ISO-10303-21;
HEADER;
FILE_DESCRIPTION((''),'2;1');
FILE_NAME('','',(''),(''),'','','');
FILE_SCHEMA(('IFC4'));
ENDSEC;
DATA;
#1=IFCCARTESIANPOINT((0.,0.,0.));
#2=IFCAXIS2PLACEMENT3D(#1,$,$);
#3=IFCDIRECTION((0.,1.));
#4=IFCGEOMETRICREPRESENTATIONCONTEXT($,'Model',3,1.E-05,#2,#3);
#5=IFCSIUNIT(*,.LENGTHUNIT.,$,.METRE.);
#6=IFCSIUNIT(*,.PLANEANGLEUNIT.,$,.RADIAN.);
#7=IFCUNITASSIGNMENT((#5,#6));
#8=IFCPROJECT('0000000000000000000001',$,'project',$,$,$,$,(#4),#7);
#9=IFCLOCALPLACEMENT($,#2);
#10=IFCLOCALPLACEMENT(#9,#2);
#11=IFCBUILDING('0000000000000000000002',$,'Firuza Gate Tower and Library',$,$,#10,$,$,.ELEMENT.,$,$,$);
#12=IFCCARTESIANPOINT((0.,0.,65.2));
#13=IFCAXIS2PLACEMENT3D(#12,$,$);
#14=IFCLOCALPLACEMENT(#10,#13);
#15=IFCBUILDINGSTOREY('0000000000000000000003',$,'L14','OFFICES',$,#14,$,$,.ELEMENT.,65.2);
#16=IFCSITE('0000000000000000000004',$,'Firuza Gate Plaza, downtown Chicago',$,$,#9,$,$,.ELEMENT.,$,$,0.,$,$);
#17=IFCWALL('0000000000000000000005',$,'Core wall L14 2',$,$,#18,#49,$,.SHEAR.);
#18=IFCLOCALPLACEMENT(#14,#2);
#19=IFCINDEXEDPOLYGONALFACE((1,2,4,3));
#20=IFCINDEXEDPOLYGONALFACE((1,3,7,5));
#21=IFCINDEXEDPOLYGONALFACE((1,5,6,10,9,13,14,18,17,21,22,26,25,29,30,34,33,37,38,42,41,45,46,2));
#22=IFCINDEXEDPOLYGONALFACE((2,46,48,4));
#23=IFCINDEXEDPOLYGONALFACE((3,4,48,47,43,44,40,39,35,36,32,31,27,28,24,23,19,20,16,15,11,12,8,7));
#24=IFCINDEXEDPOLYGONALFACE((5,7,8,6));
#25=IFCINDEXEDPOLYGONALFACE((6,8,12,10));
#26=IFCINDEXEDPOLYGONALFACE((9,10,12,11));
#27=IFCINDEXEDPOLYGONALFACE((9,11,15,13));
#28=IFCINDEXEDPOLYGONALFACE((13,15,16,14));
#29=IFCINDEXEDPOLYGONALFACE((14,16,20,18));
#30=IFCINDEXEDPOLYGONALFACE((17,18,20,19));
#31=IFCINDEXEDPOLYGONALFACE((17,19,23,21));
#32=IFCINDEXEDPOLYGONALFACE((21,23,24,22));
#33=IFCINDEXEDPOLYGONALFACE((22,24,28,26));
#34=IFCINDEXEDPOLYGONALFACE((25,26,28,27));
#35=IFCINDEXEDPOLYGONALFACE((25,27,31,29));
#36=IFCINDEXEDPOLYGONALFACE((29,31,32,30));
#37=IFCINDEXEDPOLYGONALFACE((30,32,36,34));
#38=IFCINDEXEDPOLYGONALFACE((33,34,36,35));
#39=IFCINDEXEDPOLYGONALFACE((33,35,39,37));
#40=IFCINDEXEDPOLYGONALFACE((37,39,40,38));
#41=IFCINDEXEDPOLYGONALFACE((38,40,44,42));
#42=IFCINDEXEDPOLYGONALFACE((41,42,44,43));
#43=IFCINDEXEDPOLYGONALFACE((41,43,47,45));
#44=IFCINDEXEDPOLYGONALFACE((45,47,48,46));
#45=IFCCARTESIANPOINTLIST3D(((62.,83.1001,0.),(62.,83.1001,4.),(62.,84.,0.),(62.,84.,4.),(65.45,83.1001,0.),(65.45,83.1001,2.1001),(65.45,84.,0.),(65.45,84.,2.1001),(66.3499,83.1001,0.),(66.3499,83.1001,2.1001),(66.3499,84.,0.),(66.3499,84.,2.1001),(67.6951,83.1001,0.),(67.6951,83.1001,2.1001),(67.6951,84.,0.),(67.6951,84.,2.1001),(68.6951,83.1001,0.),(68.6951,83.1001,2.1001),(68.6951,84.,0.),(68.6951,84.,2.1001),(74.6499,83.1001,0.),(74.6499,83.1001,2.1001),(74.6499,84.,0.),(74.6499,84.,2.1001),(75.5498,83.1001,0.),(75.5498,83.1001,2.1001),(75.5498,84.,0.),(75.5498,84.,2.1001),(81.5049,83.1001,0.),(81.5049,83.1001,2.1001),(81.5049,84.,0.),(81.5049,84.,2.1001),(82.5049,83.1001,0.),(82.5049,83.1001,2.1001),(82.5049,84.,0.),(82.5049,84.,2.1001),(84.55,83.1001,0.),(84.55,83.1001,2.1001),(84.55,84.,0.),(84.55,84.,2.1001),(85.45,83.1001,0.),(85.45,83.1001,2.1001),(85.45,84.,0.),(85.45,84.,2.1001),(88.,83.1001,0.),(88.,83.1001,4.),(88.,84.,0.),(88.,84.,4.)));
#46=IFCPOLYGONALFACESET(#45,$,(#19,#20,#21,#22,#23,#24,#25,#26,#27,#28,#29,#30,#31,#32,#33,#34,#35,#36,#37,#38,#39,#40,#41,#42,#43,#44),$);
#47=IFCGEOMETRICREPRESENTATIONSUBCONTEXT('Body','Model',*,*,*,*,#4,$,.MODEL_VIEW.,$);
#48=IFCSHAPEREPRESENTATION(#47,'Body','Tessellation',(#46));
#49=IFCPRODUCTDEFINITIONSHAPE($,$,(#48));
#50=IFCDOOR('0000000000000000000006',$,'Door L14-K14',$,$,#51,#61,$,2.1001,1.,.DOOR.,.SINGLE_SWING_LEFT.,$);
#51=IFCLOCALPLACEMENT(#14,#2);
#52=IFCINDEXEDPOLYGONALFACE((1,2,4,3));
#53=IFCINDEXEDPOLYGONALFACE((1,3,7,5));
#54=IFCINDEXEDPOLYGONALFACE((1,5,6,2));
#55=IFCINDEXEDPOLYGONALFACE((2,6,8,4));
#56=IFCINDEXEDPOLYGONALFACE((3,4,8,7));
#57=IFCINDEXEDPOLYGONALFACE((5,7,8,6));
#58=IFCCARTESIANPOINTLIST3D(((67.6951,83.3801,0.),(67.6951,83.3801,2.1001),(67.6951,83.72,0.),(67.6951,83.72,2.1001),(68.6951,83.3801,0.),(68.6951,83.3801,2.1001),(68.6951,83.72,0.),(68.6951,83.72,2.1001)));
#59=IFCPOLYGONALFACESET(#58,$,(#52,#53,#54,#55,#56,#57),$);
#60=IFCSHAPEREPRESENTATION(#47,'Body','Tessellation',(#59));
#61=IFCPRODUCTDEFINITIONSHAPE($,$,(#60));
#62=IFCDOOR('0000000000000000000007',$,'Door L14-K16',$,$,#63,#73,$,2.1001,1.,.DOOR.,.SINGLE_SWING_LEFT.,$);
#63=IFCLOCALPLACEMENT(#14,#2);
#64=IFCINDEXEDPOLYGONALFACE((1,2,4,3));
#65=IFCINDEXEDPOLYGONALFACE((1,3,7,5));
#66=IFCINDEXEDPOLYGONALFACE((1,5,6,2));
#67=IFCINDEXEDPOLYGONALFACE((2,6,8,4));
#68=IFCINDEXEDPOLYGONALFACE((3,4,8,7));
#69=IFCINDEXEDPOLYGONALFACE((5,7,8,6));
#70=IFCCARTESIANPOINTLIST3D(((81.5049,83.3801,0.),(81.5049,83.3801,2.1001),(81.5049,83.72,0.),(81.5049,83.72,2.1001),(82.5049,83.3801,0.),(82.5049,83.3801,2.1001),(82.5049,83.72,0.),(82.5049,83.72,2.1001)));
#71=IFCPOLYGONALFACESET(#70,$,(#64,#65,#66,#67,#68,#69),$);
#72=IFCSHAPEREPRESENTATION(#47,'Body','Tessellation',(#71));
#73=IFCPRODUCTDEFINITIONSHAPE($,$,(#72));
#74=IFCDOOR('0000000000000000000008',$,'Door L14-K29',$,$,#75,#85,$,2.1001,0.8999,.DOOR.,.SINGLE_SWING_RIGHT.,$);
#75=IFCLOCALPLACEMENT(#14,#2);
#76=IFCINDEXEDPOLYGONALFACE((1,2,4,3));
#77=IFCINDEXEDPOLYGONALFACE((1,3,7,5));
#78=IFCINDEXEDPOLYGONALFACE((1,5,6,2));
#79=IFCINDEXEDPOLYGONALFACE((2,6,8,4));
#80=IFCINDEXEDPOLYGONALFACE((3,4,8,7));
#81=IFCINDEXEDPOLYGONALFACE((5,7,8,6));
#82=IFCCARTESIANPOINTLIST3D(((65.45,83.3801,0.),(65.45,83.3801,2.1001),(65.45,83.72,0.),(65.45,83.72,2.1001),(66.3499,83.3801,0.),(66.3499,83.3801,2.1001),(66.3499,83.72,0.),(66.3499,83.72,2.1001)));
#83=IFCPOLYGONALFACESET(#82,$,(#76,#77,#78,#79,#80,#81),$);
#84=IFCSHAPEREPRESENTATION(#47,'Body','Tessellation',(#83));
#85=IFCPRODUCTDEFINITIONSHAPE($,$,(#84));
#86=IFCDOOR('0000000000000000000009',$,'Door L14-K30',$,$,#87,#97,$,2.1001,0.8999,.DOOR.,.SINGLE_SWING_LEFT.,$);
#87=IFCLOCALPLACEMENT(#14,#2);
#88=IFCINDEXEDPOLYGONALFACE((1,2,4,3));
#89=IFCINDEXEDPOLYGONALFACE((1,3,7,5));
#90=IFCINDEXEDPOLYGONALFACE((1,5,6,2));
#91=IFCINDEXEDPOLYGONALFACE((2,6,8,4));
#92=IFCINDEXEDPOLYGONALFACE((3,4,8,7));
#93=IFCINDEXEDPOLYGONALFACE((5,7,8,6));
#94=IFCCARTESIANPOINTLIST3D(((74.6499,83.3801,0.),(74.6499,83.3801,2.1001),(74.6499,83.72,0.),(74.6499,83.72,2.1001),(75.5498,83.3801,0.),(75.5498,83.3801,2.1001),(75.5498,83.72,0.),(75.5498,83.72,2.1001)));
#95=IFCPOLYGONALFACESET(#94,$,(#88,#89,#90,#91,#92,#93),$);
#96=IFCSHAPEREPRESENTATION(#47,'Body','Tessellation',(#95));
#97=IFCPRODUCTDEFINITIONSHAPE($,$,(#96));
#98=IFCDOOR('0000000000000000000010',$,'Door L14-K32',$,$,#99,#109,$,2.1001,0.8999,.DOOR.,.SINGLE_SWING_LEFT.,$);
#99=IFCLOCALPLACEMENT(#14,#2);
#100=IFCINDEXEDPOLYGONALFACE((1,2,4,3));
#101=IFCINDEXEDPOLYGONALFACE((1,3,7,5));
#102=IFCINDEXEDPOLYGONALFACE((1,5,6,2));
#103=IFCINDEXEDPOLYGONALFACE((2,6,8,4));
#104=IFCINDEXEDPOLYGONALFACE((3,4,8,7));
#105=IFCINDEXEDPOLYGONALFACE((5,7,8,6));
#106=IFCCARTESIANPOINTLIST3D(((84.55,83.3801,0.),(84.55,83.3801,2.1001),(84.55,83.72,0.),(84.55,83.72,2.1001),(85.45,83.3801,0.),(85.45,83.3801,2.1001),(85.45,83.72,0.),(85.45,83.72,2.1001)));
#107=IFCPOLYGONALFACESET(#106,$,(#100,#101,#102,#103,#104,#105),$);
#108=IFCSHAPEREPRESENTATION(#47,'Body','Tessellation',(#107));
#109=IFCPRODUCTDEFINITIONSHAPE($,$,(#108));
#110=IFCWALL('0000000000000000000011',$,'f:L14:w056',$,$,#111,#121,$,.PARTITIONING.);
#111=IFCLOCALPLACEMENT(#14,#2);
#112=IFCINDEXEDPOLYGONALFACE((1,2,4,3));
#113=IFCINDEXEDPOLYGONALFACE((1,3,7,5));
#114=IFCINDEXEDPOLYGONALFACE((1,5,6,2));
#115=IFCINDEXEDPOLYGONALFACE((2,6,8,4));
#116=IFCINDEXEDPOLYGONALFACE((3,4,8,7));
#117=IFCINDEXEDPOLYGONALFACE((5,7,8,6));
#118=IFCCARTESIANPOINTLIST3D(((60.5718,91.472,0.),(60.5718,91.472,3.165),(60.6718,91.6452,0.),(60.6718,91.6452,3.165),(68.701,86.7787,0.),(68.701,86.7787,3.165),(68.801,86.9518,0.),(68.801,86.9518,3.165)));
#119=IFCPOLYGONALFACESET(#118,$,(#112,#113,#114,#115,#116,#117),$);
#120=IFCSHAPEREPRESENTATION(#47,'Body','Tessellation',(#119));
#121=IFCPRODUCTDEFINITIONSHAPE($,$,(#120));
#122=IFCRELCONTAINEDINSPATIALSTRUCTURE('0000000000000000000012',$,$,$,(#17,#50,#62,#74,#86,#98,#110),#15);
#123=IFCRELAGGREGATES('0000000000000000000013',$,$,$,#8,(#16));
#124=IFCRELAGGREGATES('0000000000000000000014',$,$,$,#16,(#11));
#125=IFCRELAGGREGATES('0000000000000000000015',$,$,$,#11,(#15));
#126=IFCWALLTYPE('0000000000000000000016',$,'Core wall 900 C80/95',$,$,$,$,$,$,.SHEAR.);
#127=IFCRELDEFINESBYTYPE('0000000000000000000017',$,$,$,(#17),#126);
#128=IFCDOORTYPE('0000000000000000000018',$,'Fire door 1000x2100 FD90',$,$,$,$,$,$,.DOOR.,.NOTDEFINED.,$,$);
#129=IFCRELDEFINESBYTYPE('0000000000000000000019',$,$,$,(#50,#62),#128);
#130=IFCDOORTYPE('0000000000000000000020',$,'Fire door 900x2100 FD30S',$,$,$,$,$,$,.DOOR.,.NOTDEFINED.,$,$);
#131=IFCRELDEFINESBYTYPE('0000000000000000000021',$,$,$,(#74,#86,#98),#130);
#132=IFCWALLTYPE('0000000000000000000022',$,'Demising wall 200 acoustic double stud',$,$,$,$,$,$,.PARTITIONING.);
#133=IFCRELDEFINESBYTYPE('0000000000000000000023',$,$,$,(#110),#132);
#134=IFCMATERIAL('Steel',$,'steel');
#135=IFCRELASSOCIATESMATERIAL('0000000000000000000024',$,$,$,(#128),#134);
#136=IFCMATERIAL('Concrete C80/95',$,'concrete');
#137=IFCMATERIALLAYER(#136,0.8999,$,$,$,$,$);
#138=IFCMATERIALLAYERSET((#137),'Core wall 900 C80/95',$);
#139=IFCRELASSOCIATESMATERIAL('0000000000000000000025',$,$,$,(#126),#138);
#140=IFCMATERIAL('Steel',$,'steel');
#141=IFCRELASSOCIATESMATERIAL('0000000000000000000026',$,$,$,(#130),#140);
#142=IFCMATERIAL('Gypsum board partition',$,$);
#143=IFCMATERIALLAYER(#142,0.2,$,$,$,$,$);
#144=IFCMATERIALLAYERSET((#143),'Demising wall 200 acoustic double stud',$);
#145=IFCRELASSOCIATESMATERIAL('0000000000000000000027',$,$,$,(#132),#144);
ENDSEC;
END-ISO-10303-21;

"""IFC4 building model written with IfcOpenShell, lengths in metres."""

from ifc_helpers import new_model, si_unit, direction, frame, frame_2d, origin, place, context, subcontext, project, spatial, rectangle, extrude, material, layer, layer_set, type_object, element, fill, save


model = new_model("IFC4")

# Units and contexts
model_context = context("Model", 3, precision=1e-05, world=origin(), true_north=direction((0.0, 1.0)))
body_context = subcontext(model_context, "Body", "Model", "MODEL_VIEW")
ifc_project = project(units=[si_unit("LENGTHUNIT", "METRE"), si_unit("PLANEANGLEUNIT", "RADIAN")], contexts=[model_context])

# Site, building, storey
site_placement = place(None, origin())
site = spatial("IfcSite", under=ifc_project, at=site_placement, Name="Firuza Gate Plaza, downtown Chicago", CompositionType="ELEMENT", RefElevation=0.0)
building_placement = place(site_placement, origin())
building = spatial("IfcBuilding", under=site, at=building_placement, Name="Firuza Gate Tower and Library", CompositionType="ELEMENT")
storey_placement = place(building_placement, frame((0.0, 0.0, 65.2)))
storey = spatial("IfcBuildingStorey", under=building, at=storey_placement, Name="L14", Description="OFFICES", CompositionType="ELEMENT", Elevation=65.2)

# Shared definitions
ifc_material_1 = material(Name="Steel", Category="steel")
door_type_1 = type_object("IfcDoorType", Name="Fire door 1000x2100 FD90", OperationType="NOTDEFINED", PredefinedType="DOOR", material=ifc_material_1)

# Wall, openings, doors
ifc_material_2 = material(Name="Concrete C80/95", Category="concrete")
ifc_layer_1 = layer(ifc_material_2, 0.8999)
ifc_layer_set_1 = layer_set([ifc_layer_1], Name="Core wall 900 C80/95")
wall_type_1 = type_object("IfcWallType", Name="Core wall 900 C80/95", PredefinedType="SHEAR", material=ifc_layer_set_1)
wall_1_placement = place(storey_placement, frame((62.0, 83.55, 0.0), z_axis=(0.0, 0.0, 1.0), x_axis=(1.0, 0.0, 0.0)))
wall_1 = element("IfcWall", 1, at=wall_1_placement, inside=storey, type_object=wall_type_1, Name="Core wall L14 2", PredefinedType="SHEAR", context=body_context, shape_type="SweptSolid", body=[
    extrude(rectangle(XDim=26.0, YDim=0.8999, at=frame_2d((13.0, 0.0))), origin(), (0.0, 0.0, 1.0), 4.0),
])
opening_1_placement = place(wall_1_placement, frame((5.6951, 0.0, 0.0)))
opening_1 = element("IfcOpeningElement", 2, at=opening_1_placement, cuts=wall_1, PredefinedType="OPENING", context=body_context, shape_type="SweptSolid", body=[
    extrude(rectangle(XDim=1.0, YDim=2.1001, at=frame_2d((0.5, 1.05))), frame((0.0, 0.46, 0.0), z_axis=(0.0, -1.0, 0.0), x_axis=(1.0, 0.0, 0.0)), (0.0, 0.0, 1.0), 0.9199),
])
opening_2_placement = place(wall_1_placement, frame((19.5049, 0.0, 0.0)))
opening_2 = element("IfcOpeningElement", 3, at=opening_2_placement, cuts=wall_1, PredefinedType="OPENING", context=body_context, shape_type="SweptSolid", body=[
    extrude(rectangle(XDim=1.0, YDim=2.1001, at=frame_2d((0.5, 1.05))), frame((0.0, 0.46, 0.0), z_axis=(0.0, -1.0, 0.0), x_axis=(1.0, 0.0, 0.0)), (0.0, 0.0, 1.0), 0.9199),
])
opening_3_placement = place(wall_1_placement, frame((3.45, 0.0, 0.0)))
opening_3 = element("IfcOpeningElement", 4, at=opening_3_placement, cuts=wall_1, PredefinedType="OPENING", context=body_context, shape_type="SweptSolid", body=[
    extrude(rectangle(XDim=0.8999, YDim=2.1001, at=frame_2d((0.45, 1.05))), frame((0.0, 0.46, 0.0), z_axis=(0.0, -1.0, 0.0), x_axis=(1.0, 0.0, 0.0)), (0.0, 0.0, 1.0), 0.9199),
])
opening_4_placement = place(wall_1_placement, frame((12.6499, 0.0, 0.0)))
opening_4 = element("IfcOpeningElement", 5, at=opening_4_placement, cuts=wall_1, PredefinedType="OPENING", context=body_context, shape_type="SweptSolid", body=[
    extrude(rectangle(XDim=0.8999, YDim=2.1001, at=frame_2d((0.45, 1.05))), frame((0.0, 0.46, 0.0), z_axis=(0.0, -1.0, 0.0), x_axis=(1.0, 0.0, 0.0)), (0.0, 0.0, 1.0), 0.9199),
])
opening_5_placement = place(wall_1_placement, frame((22.55, 0.0, 0.0)))
opening_5 = element("IfcOpeningElement", 6, at=opening_5_placement, cuts=wall_1, PredefinedType="OPENING", context=body_context, shape_type="SweptSolid", body=[
    extrude(rectangle(XDim=0.8999, YDim=2.1001, at=frame_2d((0.45, 1.05))), frame((0.0, 0.46, 0.0), z_axis=(0.0, -1.0, 0.0), x_axis=(1.0, 0.0, 0.0)), (0.0, 0.0, 1.0), 0.9199),
])
door_1_placement = place(opening_1_placement, origin())
door_1 = element("IfcDoor", 7, at=door_1_placement, inside=storey, type_object=door_type_1, Name="Door L14-K14", OperationType="SINGLE_SWING_LEFT", OverallHeight=2.1001, OverallWidth=1.0, PredefinedType="DOOR", context=body_context, shape_type="SweptSolid", body=[
    extrude(rectangle(XDim=1.0, YDim=2.1001, at=frame_2d((0.5, 1.05))), frame((0.0, 0.1699, 0.0), z_axis=(0.0, -1.0, 0.0), x_axis=(1.0, 0.0, 0.0)), (0.0, 0.0, 1.0), 0.3398),
])
fill(opening_1, door_1)
door_2_placement = place(opening_2_placement, origin())
door_2 = element("IfcDoor", 8, at=door_2_placement, inside=storey, type_object=door_type_1, Name="Door L14-K16", OperationType="SINGLE_SWING_LEFT", OverallHeight=2.1001, OverallWidth=1.0, PredefinedType="DOOR", context=body_context, shape_type="SweptSolid", body=[
    extrude(rectangle(XDim=1.0, YDim=2.1001, at=frame_2d((0.5, 1.05))), frame((0.0, 0.1699, 0.0), z_axis=(0.0, -1.0, 0.0), x_axis=(1.0, 0.0, 0.0)), (0.0, 0.0, 1.0), 0.3398),
])
fill(opening_2, door_2)
ifc_material_3 = material(Name="Steel", Category="steel")
door_type_2 = type_object("IfcDoorType", Name="Fire door 900x2100 FD30S", OperationType="NOTDEFINED", PredefinedType="DOOR", material=ifc_material_3)
door_3_placement = place(opening_3_placement, origin())
door_3 = element("IfcDoor", 9, at=door_3_placement, inside=storey, type_object=door_type_2, Name="Door L14-K29", OperationType="SINGLE_SWING_RIGHT", OverallHeight=2.1001, OverallWidth=0.8999, PredefinedType="DOOR", context=body_context, shape_type="SweptSolid", body=[
    extrude(rectangle(XDim=0.8999, YDim=2.1001, at=frame_2d((0.45, 1.05))), frame((0.0, 0.1699, 0.0), z_axis=(0.0, -1.0, 0.0), x_axis=(1.0, 0.0, 0.0)), (0.0, 0.0, 1.0), 0.3398),
])
fill(opening_3, door_3)
door_4_placement = place(opening_4_placement, origin())
door_4 = element("IfcDoor", 10, at=door_4_placement, inside=storey, type_object=door_type_2, Name="Door L14-K30", OperationType="SINGLE_SWING_LEFT", OverallHeight=2.1001, OverallWidth=0.8999, PredefinedType="DOOR", context=body_context, shape_type="SweptSolid", body=[
    extrude(rectangle(XDim=0.8999, YDim=2.1001, at=frame_2d((0.45, 1.05))), frame((0.0, 0.1699, 0.0), z_axis=(0.0, -1.0, 0.0), x_axis=(1.0, 0.0, 0.0)), (0.0, 0.0, 1.0), 0.3398),
])
fill(opening_4, door_4)
door_5_placement = place(opening_5_placement, origin())
door_5 = element("IfcDoor", 11, at=door_5_placement, inside=storey, type_object=door_type_2, Name="Door L14-K32", OperationType="SINGLE_SWING_LEFT", OverallHeight=2.1001, OverallWidth=0.8999, PredefinedType="DOOR", context=body_context, shape_type="SweptSolid", body=[
    extrude(rectangle(XDim=0.8999, YDim=2.1001, at=frame_2d((0.45, 1.05))), frame((0.0, 0.1699, 0.0), z_axis=(0.0, -1.0, 0.0), x_axis=(1.0, 0.0, 0.0)), (0.0, 0.0, 1.0), 0.3398),
])
fill(opening_5, door_5)

# Wall
ifc_material_4 = material(Name="Gypsum board partition")
ifc_layer_2 = layer(ifc_material_4, 0.2)
ifc_layer_set_2 = layer_set([ifc_layer_2], Name="Demising wall 200 acoustic double stud")
wall_type_2 = type_object("IfcWallType", Name="Demising wall 200 acoustic double stud", PredefinedType="PARTITIONING", material=ifc_layer_set_2)
wall_2_placement = place(storey_placement, frame((68.751, 86.8652, 0.0), z_axis=(0.0, 0.0, 1.0), x_axis=(-0.866026, 0.499999, 0.0)))
element("IfcWall", 12, at=wall_2_placement, inside=storey, type_object=wall_type_2, Name="f:L14:w056", PredefinedType="PARTITIONING", context=body_context, shape_type="SweptSolid", body=[
    extrude(rectangle(XDim=9.3867, YDim=0.2, at=frame_2d((4.6934, 0.0))), origin(), (0.0, 0.0, 1.0), 3.165),
])

save(model, "model.ifc")
